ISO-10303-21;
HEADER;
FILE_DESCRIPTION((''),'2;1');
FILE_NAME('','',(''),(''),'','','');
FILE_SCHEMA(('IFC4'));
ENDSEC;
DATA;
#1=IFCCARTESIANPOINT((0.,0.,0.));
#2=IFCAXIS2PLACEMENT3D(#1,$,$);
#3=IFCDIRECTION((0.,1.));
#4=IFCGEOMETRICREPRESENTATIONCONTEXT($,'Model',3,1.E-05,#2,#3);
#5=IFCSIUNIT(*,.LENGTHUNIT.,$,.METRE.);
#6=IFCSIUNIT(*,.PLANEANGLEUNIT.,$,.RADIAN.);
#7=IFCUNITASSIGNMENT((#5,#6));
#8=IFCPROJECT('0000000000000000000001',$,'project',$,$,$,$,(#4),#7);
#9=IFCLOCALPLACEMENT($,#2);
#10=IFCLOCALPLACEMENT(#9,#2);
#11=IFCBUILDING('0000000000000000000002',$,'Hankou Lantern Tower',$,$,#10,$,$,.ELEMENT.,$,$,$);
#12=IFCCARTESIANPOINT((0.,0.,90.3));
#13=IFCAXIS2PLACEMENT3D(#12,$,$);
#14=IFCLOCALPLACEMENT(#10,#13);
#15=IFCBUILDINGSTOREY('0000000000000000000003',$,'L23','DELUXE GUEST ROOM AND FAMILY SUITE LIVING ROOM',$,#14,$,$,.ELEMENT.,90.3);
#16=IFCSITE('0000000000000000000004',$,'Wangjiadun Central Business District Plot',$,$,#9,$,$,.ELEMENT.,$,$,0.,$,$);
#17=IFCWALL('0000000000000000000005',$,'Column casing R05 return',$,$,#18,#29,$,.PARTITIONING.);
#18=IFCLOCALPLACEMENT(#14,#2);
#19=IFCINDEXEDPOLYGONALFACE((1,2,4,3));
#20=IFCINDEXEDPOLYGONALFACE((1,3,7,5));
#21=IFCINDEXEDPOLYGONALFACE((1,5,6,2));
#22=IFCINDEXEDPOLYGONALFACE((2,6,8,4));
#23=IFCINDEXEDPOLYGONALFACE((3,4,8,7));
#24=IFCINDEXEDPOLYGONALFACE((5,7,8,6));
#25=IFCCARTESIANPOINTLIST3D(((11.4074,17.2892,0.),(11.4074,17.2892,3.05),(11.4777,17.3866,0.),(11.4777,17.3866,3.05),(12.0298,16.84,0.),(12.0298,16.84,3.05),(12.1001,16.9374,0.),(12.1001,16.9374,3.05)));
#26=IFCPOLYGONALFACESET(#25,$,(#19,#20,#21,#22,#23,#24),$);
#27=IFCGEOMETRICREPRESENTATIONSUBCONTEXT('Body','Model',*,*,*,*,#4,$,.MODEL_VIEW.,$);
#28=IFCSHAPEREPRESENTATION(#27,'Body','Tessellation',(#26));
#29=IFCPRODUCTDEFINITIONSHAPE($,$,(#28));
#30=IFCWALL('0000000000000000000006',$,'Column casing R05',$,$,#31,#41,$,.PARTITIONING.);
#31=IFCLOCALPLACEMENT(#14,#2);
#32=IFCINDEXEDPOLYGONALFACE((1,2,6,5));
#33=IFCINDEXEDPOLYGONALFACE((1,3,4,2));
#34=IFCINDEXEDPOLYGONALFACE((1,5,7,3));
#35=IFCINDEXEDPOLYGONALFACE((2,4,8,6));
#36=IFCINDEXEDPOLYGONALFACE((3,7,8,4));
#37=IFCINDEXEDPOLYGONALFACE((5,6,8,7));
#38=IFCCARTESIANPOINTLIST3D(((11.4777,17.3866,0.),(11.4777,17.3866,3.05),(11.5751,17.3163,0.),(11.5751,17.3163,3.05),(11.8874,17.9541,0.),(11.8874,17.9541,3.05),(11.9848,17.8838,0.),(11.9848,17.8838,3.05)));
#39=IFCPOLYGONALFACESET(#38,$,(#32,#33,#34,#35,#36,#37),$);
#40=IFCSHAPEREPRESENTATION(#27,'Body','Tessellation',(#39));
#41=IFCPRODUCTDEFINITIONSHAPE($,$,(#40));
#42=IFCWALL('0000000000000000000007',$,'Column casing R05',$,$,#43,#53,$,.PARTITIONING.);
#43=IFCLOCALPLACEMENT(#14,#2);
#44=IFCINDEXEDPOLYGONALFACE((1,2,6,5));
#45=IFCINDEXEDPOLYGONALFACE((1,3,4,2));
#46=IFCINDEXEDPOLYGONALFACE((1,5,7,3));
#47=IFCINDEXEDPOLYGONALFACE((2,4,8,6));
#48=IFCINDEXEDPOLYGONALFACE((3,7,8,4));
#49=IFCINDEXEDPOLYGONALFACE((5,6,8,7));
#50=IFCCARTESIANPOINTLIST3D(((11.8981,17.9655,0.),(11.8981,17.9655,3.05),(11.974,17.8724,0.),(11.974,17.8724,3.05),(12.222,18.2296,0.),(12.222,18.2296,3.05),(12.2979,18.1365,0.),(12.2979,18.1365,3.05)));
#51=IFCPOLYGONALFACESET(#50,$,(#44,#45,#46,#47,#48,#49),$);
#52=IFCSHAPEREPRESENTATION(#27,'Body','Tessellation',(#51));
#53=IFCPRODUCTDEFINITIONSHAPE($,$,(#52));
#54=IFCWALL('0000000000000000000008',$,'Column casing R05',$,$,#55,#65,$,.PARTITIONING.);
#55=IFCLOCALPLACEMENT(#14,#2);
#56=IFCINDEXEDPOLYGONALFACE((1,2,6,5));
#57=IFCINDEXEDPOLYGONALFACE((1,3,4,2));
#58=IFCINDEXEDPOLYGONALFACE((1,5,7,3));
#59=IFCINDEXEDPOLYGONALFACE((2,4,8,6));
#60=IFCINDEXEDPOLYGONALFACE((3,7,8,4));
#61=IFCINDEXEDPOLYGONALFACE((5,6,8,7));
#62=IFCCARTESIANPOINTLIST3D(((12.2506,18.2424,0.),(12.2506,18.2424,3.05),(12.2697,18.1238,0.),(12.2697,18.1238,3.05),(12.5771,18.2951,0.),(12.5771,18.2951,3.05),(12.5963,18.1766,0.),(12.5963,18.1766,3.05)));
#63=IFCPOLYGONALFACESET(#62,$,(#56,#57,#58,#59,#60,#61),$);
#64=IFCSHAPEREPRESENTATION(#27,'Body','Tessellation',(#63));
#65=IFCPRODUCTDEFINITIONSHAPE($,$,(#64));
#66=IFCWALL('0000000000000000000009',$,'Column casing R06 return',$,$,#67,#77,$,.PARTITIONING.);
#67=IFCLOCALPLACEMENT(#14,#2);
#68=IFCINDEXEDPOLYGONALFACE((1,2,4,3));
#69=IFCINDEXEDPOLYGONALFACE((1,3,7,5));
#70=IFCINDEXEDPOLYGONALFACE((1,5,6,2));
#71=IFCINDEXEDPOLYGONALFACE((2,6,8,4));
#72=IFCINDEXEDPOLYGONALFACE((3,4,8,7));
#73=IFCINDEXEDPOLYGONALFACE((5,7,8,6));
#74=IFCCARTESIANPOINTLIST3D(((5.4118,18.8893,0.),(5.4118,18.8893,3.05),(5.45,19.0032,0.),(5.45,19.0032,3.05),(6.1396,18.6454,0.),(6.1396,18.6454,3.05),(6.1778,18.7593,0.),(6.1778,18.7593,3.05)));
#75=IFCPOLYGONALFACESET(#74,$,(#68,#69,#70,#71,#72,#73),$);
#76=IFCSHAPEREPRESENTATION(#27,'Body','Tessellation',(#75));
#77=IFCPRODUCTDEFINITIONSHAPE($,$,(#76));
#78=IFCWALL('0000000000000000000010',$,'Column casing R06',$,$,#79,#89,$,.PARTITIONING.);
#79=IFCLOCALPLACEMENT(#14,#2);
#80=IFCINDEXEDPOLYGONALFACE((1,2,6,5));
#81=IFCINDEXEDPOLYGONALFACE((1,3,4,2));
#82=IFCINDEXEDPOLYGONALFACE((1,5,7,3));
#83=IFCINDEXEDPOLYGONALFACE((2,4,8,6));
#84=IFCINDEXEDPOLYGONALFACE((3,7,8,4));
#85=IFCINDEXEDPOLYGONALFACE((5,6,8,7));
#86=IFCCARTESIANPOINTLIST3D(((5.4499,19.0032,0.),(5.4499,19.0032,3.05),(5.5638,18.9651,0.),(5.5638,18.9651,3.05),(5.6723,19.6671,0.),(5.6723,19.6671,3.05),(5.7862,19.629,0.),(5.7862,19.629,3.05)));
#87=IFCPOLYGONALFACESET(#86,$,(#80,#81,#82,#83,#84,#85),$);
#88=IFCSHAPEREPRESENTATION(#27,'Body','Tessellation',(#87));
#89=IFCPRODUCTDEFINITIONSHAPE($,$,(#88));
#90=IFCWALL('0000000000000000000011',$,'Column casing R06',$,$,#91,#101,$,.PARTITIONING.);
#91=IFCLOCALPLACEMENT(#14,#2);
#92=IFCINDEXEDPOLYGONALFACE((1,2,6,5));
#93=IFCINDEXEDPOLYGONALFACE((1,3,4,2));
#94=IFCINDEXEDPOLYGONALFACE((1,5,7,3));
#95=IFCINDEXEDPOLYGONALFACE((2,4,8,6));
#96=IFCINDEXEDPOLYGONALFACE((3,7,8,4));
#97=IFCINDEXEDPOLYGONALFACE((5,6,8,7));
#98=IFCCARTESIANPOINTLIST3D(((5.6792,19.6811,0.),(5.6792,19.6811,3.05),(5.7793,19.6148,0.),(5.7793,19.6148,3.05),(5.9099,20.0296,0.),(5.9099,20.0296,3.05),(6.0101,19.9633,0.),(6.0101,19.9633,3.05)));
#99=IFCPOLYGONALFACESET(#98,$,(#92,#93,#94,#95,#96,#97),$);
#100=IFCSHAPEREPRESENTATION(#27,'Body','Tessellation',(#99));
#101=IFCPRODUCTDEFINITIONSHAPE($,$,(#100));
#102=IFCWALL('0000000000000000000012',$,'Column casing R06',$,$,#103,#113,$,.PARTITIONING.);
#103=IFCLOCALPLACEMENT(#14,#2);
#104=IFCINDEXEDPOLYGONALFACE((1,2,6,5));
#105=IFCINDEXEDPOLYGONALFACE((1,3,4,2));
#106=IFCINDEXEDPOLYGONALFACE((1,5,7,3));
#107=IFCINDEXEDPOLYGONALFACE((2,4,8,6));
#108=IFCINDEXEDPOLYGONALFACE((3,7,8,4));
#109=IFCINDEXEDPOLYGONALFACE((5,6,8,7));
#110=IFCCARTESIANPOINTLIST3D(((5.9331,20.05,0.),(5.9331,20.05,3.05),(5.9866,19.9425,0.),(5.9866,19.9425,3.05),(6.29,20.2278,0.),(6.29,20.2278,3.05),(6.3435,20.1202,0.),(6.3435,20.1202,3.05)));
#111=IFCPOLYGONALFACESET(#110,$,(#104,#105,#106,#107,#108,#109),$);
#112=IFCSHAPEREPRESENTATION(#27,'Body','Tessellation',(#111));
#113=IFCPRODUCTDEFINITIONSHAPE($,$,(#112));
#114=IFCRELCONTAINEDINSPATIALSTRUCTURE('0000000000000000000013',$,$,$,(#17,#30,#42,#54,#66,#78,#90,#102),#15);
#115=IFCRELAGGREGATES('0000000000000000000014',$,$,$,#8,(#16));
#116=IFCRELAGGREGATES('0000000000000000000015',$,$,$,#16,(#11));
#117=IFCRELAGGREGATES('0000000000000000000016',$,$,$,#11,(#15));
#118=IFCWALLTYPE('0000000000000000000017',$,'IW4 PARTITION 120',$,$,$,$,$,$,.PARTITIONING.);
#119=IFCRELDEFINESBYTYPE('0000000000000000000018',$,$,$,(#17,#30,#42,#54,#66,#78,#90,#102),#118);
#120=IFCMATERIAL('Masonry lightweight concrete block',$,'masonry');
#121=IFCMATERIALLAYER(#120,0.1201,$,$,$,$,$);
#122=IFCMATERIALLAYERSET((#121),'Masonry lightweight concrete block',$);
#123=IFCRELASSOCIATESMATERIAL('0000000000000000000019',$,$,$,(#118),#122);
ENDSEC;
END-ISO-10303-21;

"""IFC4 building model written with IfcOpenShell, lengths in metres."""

from ifc_helpers import new_model, si_unit, direction, frame, frame_2d, origin, place, context, subcontext, project, spatial, rectangle, extrude, material, layer, layer_set, type_object, element, save


model = new_model("IFC4")

# Units and contexts
model_context = context("Model", 3, precision=1e-05, world=origin(), true_north=direction((0.0, 1.0)))
body_context = subcontext(model_context, "Body", "Model", "MODEL_VIEW")
ifc_project = project(units=[si_unit("LENGTHUNIT", "METRE"), si_unit("PLANEANGLEUNIT", "RADIAN")], contexts=[model_context])

# Site, building, storey
site_placement = place(None, origin())
site = spatial("IfcSite", under=ifc_project, at=site_placement, Name="Wangjiadun Central Business District Plot", CompositionType="ELEMENT", RefElevation=0.0)
building_placement = place(site_placement, origin())
building = spatial("IfcBuilding", under=site, at=building_placement, Name="Hankou Lantern Tower", CompositionType="ELEMENT")
storey_placement = place(building_placement, frame((0.0, 0.0, 90.3)))
storey = spatial("IfcBuildingStorey", under=building, at=storey_placement, Name="L23", Description="DELUXE GUEST ROOM AND FAMILY SUITE LIVING ROOM", CompositionType="ELEMENT", Elevation=90.3)

# Walls
ifc_material_1 = material(Name="Masonry lightweight concrete block", Category="masonry")
ifc_layer_1 = layer(ifc_material_1, 0.1201)
ifc_layer_set_1 = layer_set([ifc_layer_1], Name="Masonry lightweight concrete block")
wall_type_1 = type_object("IfcWallType", Name="IW4 PARTITION 120", PredefinedType="PARTITIONING", material=ifc_layer_set_1)
wall_1_placement = place(storey_placement, frame((12.0649, 16.8887, 0.0), z_axis=(0.0, 0.0, 1.0), x_axis=(-0.810822, 0.585293, 0.0)))
element("IfcWall", 1, at=wall_1_placement, inside=storey, type_object=wall_type_1, Name="Column casing R05 return", PredefinedType="PARTITIONING", context=body_context, shape_type="SweptSolid", body=[
    extrude(rectangle(XDim=0.7676, YDim=0.1201, at=frame_2d((0.3838, 0.0))), origin(), (0.0, 0.0, 1.0), 3.05),
])
wall_2_placement = place(storey_placement, frame((11.5264, 17.3513, 0.0), z_axis=(0.0, 0.0, 1.0), x_axis=(0.585223, 0.810872, 0.0)))
element("IfcWall", 2, at=wall_2_placement, inside=storey, type_object=wall_type_1, Name="Column casing R05", PredefinedType="PARTITIONING", context=body_context, shape_type="SweptSolid", body=[
    extrude(rectangle(XDim=0.7, YDim=0.1201, at=frame_2d((0.3501, 0.0))), origin(), (0.0, 0.0, 1.0), 3.05),
])
wall_3_placement = place(storey_placement, frame((11.936, 17.9189, 0.0), z_axis=(0.0, 0.0, 1.0), x_axis=(0.775023, 0.631933, 0.0)))
element("IfcWall", 3, at=wall_3_placement, inside=storey, type_object=wall_type_1, Name="Column casing R05", PredefinedType="PARTITIONING", context=body_context, shape_type="SweptSolid", body=[
    extrude(rectangle(XDim=0.418, YDim=0.1201, at=frame_2d((0.209, 0.0))), origin(), (0.0, 0.0, 1.0), 3.05),
])
wall_4_placement = place(storey_placement, frame((12.26, 18.1831, 0.0), z_axis=(0.0, 0.0, 1.0), x_axis=(0.987219, 0.159372, 0.0)))
element("IfcWall", 4, at=wall_4_placement, inside=storey, type_object=wall_type_1, Name="Column casing R05", PredefinedType="PARTITIONING", context=body_context, shape_type="SweptSolid", body=[
    extrude(rectangle(XDim=0.3308, YDim=0.1201, at=frame_2d((0.1655, 0.0))), origin(), (0.0, 0.0, 1.0), 3.05),
])
wall_5_placement = place(storey_placement, frame((6.1587, 18.7024, 0.0), z_axis=(0.0, 0.0, 1.0), x_axis=(-0.948173, 0.317754, 0.0)))
element("IfcWall", 5, at=wall_5_placement, inside=storey, type_object=wall_type_1, Name="Column casing R06 return", PredefinedType="PARTITIONING", context=body_context, shape_type="SweptSolid", body=[
    extrude(rectangle(XDim=0.7676, YDim=0.1201, at=frame_2d((0.3838, 0.0))), origin(), (0.0, 0.0, 1.0), 3.05),
])
wall_6_placement = place(storey_placement, frame((5.5068, 18.9841, 0.0), z_axis=(0.0, 0.0, 1.0), x_axis=(0.317692, 0.948194, 0.0)))
element("IfcWall", 6, at=wall_6_placement, inside=storey, type_object=wall_type_1, Name="Column casing R06", PredefinedType="PARTITIONING", context=body_context, shape_type="SweptSolid", body=[
    extrude(rectangle(XDim=0.7002, YDim=0.1201, at=frame_2d((0.3501, 0.0))), origin(), (0.0, 0.0, 1.0), 3.05),
])
wall_7_placement = place(storey_placement, frame((5.7292, 19.6479, 0.0), z_axis=(0.0, 0.0, 1.0), x_axis=(0.552136, 0.833754, 0.0)))
element("IfcWall", 7, at=wall_7_placement, inside=storey, type_object=wall_type_1, Name="Column casing R06", PredefinedType="PARTITIONING", context=body_context, shape_type="SweptSolid", body=[
    extrude(rectangle(XDim=0.418, YDim=0.1201, at=frame_2d((0.209, 0.0))), origin(), (0.0, 0.0, 1.0), 3.05),
])
wall_8_placement = place(storey_placement, frame((5.96, 19.9963, 0.0), z_axis=(0.0, 0.0, 1.0), x_axis=(0.895161, 0.445744, 0.0)))
element("IfcWall", 8, at=wall_8_placement, inside=storey, type_object=wall_type_1, Name="Column casing R06", PredefinedType="PARTITIONING", context=body_context, shape_type="SweptSolid", body=[
    extrude(rectangle(XDim=0.3987, YDim=0.1201, at=frame_2d((0.1992, 0.0))), origin(), (0.0, 0.0, 1.0), 3.05),
])

save(model, "model.ifc")
